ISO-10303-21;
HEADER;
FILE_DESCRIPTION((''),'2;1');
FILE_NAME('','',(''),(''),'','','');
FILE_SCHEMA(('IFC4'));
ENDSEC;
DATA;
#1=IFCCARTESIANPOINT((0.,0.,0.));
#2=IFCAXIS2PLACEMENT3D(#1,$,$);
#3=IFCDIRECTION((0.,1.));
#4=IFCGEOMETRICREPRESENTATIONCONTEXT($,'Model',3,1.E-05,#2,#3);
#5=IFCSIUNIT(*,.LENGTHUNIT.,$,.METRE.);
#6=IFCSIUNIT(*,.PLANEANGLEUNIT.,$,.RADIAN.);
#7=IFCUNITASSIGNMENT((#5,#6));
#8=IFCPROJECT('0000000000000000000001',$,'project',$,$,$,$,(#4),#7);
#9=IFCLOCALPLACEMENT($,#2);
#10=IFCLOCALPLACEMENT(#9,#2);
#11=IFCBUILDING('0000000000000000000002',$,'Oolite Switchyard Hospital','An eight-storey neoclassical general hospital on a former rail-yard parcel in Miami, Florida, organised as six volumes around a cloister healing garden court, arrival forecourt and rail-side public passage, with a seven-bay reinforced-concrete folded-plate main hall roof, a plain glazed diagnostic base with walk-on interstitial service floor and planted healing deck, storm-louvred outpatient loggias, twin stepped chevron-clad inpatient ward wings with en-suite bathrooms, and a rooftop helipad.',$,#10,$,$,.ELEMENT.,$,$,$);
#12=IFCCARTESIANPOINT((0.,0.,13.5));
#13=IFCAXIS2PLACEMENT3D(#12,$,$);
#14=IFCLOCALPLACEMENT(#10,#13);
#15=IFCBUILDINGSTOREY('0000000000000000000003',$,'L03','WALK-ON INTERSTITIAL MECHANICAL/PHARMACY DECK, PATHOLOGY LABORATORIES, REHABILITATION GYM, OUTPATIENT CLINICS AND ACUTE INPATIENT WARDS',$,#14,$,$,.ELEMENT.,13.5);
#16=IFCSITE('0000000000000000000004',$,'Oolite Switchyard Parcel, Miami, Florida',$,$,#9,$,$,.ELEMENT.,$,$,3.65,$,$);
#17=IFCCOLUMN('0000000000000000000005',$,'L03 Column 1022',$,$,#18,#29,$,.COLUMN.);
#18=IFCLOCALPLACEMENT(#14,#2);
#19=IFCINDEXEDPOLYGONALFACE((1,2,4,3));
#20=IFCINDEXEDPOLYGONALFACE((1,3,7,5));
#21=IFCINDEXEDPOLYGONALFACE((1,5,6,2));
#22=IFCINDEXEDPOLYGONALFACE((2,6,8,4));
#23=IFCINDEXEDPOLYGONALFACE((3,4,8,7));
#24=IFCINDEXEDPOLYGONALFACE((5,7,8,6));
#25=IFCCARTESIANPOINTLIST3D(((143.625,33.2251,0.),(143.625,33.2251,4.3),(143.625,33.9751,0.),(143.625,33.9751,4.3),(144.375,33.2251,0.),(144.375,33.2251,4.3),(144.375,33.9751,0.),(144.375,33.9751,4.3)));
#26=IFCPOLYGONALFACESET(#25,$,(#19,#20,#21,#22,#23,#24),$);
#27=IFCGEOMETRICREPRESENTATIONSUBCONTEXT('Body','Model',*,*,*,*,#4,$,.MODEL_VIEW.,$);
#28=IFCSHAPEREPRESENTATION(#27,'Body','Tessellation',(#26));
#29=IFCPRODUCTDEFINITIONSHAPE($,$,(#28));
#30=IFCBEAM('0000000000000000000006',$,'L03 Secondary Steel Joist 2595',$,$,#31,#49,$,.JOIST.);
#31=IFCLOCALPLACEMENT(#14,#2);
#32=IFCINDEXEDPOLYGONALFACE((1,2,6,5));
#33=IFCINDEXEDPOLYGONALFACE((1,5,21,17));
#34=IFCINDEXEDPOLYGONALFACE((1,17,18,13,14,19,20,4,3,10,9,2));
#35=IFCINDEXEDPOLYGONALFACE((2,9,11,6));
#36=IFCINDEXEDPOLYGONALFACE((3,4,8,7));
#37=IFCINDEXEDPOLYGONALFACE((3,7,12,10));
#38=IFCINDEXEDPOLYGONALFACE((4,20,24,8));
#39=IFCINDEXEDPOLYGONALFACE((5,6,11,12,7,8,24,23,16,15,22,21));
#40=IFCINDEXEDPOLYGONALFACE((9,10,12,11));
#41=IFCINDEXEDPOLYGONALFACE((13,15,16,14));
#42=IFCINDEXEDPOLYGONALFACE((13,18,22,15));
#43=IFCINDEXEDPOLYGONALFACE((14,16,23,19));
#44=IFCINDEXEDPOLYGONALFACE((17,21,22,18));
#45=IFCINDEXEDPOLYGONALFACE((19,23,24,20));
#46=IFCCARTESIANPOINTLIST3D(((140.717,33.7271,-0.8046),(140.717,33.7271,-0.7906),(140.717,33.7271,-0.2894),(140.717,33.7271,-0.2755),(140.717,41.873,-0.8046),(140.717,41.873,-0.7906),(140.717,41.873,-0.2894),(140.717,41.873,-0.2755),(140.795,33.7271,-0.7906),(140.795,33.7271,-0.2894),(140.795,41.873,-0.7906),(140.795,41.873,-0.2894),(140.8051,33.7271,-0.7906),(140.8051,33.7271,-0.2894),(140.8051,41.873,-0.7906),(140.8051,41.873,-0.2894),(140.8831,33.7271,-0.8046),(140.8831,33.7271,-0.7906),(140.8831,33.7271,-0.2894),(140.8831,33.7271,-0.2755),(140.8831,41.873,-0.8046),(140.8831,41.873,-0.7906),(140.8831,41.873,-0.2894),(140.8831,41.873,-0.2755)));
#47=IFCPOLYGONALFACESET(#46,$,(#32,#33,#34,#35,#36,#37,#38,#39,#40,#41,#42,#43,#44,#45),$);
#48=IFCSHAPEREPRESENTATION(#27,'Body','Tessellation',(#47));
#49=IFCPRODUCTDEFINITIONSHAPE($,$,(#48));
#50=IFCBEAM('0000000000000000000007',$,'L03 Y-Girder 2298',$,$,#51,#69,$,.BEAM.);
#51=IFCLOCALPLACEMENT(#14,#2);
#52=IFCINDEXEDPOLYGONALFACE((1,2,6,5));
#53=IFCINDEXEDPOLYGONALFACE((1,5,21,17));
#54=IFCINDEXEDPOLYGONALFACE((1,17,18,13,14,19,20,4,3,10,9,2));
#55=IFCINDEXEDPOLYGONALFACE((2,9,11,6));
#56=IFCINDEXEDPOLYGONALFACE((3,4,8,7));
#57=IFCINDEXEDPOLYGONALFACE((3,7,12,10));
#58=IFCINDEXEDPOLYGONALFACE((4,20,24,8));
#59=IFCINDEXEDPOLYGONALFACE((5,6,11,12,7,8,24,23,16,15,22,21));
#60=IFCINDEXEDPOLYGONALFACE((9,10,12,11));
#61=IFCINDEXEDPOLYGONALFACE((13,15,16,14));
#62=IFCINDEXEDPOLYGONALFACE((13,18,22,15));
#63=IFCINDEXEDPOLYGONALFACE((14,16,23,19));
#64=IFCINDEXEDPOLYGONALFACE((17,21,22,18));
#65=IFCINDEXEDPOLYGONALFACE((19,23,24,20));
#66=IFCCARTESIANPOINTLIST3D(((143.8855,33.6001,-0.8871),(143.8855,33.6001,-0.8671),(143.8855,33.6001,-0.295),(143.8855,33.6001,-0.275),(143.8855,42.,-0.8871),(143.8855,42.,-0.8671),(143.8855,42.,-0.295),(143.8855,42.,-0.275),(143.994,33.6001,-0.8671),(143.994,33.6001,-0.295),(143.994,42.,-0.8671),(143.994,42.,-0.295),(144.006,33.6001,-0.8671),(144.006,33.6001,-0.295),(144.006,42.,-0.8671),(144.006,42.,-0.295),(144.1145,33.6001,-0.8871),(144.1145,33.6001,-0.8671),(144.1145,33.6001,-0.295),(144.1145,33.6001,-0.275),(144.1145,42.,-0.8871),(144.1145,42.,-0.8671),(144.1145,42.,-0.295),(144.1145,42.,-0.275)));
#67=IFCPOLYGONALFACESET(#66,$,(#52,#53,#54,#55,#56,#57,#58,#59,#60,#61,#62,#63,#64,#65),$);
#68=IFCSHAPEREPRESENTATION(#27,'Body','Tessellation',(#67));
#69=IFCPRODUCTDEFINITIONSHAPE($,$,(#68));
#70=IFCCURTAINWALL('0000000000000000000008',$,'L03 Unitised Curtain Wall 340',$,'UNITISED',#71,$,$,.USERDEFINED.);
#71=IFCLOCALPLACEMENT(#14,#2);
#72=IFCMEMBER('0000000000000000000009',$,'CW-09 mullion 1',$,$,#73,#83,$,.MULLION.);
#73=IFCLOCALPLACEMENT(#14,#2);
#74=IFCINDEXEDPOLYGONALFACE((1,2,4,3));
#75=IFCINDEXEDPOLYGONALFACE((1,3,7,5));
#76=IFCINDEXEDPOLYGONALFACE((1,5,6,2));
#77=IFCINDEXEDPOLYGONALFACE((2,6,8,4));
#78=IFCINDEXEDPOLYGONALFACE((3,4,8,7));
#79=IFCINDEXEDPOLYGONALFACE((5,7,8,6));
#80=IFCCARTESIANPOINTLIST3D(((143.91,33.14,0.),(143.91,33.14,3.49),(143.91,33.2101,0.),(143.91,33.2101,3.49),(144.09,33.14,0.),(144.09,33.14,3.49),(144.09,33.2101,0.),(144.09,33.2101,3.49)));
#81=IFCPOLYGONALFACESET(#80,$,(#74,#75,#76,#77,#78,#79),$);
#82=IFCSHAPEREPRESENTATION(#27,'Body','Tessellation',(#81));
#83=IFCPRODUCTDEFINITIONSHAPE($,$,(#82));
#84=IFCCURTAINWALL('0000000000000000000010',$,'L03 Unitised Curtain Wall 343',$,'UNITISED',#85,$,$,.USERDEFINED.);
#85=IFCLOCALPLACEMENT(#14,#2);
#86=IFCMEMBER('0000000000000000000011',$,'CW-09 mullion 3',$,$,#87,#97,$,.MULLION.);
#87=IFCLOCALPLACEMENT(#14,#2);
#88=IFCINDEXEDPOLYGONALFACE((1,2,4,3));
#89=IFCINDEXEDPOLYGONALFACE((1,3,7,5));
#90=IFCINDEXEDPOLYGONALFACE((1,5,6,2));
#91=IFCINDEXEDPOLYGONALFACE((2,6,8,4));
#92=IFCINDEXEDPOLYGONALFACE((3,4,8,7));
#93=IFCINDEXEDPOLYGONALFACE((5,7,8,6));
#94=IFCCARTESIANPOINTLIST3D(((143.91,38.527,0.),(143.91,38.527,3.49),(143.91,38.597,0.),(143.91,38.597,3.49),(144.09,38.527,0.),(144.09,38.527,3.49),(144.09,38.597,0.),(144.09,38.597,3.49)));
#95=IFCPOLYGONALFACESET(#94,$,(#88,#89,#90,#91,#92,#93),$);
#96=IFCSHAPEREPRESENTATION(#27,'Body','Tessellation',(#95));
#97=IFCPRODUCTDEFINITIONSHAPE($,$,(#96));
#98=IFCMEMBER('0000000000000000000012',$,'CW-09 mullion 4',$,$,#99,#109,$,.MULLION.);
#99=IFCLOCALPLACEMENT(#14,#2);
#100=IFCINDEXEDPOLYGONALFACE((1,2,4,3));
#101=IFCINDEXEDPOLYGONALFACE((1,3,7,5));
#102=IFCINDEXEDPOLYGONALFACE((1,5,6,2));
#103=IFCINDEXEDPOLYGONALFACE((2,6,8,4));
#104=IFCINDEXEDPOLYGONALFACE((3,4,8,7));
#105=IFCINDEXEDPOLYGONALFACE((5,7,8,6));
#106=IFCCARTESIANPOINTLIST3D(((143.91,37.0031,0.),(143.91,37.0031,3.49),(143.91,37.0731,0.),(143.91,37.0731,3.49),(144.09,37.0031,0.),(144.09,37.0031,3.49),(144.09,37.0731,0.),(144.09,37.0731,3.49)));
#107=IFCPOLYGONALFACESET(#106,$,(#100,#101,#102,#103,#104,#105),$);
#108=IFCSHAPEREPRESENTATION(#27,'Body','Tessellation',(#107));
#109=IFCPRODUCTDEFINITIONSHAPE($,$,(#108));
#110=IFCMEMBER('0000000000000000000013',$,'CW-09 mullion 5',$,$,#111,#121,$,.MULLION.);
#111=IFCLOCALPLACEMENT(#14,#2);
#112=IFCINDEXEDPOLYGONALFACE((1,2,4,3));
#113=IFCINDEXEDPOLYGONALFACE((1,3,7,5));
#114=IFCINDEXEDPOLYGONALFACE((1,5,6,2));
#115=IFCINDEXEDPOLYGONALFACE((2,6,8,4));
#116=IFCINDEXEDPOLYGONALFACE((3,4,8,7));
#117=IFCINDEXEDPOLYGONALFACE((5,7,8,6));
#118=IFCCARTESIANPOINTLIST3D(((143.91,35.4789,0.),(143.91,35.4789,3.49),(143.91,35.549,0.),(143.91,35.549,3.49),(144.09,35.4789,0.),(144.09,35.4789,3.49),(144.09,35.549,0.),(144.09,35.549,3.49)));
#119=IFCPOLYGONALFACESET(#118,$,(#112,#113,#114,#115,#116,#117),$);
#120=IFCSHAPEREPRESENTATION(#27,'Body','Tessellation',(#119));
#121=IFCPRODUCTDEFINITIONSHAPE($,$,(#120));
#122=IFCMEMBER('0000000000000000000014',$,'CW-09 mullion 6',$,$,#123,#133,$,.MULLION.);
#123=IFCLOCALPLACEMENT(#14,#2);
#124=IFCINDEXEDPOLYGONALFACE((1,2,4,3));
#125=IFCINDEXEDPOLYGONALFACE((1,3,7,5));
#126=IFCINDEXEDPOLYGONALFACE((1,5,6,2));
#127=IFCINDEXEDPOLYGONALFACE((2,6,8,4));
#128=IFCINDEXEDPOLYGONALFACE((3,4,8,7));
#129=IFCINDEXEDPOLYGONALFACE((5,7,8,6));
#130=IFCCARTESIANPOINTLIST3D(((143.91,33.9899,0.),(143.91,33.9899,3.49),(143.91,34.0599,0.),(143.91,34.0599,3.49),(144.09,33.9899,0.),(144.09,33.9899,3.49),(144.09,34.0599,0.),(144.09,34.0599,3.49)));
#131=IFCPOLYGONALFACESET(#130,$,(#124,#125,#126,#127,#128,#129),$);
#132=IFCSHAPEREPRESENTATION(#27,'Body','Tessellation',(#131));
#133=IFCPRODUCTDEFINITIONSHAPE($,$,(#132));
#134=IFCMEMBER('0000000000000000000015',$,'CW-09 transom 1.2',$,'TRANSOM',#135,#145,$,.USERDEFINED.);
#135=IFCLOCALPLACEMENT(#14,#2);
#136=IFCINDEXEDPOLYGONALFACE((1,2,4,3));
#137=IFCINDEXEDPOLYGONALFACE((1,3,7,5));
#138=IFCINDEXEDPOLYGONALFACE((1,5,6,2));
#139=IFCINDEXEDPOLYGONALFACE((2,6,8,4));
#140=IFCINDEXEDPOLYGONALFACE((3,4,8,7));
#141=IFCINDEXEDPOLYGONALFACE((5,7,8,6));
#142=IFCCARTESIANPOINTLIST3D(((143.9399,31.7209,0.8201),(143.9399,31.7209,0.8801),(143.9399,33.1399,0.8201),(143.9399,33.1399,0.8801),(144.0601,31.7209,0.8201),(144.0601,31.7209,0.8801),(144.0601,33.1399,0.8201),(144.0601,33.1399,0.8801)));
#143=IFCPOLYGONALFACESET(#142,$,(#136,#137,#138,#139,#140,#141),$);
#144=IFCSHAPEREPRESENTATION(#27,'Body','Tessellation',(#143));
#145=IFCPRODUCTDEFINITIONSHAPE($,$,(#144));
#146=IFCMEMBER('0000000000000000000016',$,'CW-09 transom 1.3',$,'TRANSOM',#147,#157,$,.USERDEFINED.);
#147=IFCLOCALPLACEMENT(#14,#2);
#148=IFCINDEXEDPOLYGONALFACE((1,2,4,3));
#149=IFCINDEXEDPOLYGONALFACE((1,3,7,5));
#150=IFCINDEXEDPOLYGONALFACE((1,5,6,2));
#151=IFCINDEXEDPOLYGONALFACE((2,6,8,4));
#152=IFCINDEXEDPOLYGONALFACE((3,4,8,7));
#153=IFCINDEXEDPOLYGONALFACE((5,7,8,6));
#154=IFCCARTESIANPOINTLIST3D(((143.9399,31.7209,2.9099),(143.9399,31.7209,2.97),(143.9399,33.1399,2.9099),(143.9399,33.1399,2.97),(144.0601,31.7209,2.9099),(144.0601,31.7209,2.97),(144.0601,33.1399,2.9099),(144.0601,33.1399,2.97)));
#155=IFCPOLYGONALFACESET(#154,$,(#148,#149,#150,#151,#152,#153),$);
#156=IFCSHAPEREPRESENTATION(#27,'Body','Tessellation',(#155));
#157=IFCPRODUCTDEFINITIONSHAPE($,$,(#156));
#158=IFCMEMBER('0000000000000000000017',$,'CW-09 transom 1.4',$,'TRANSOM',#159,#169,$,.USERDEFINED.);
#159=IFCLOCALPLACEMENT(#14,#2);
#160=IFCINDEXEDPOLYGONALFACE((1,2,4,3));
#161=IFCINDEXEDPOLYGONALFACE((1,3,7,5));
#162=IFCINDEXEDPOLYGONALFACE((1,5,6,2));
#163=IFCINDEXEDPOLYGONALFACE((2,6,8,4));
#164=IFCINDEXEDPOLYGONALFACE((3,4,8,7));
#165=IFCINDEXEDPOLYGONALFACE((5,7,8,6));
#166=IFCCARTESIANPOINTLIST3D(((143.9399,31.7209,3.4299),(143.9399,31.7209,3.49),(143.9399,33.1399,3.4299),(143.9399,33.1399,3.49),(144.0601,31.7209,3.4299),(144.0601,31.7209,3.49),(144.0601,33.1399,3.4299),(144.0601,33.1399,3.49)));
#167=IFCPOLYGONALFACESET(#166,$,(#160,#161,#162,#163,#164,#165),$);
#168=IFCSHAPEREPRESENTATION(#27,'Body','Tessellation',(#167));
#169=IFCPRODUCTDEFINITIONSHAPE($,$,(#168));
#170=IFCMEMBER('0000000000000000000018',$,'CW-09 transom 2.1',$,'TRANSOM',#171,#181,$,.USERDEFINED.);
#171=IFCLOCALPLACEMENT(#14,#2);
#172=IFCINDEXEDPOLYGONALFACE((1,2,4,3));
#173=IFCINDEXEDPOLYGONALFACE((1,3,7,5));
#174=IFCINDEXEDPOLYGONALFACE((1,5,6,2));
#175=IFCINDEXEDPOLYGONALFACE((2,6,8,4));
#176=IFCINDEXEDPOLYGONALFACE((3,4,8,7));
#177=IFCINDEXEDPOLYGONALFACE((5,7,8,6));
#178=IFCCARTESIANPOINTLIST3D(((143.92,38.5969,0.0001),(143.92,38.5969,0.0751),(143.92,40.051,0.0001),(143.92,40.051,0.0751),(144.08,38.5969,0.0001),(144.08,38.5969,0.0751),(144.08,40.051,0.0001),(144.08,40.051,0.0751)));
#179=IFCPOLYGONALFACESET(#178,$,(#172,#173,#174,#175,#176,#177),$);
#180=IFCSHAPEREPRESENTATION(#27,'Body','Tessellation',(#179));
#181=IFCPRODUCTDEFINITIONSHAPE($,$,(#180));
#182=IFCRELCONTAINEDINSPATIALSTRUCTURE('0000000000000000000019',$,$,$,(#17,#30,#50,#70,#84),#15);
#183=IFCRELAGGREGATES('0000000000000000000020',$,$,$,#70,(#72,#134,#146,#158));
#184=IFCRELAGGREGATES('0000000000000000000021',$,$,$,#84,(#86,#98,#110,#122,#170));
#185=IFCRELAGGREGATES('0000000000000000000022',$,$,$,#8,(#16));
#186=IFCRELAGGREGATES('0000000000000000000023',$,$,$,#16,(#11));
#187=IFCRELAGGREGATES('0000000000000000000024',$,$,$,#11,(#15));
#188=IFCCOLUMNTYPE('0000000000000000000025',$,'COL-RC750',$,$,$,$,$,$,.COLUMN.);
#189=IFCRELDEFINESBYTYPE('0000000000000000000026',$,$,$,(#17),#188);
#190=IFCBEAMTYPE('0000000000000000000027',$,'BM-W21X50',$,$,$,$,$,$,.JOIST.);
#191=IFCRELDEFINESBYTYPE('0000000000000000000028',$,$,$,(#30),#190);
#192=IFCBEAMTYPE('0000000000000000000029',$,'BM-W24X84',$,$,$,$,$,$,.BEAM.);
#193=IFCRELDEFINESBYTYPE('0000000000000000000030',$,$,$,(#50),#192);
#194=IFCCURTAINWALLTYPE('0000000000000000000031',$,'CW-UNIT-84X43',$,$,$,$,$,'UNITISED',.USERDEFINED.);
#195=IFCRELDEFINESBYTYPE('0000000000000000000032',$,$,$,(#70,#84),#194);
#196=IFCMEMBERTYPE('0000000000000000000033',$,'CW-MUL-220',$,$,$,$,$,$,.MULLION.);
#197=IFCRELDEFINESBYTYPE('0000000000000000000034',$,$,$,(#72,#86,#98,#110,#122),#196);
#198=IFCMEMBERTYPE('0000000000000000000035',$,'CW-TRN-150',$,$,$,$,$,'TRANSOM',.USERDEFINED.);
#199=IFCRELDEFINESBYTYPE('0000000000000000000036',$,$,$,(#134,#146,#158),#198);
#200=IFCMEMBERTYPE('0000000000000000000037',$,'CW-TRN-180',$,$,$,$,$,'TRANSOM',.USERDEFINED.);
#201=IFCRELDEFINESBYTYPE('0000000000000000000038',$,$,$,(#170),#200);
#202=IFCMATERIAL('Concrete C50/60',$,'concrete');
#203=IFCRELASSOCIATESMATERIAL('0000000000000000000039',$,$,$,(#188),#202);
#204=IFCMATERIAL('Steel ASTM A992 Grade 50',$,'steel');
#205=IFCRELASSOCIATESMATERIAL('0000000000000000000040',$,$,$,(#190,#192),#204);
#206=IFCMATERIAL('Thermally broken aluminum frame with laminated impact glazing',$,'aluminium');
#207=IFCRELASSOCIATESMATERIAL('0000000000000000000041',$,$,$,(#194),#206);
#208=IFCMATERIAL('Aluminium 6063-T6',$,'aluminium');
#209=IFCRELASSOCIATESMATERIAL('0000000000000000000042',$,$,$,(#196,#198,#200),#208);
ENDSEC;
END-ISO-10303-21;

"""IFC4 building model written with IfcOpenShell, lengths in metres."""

from ifc_helpers import new_model, si_unit, direction, frame, origin, origin_2d, place, context, subcontext, project, spatial, rectangle, i_section, extrude, material, material_profile, profile_set, type_object, element, aggregate, save


model = new_model("IFC4")

# Units and contexts
model_context = context("Model", 3, precision=1e-05, world=origin(), true_north=direction((0.0, 1.0)))
body_context = subcontext(model_context, "Body", "Model", "MODEL_VIEW")
ifc_project = project(units=[si_unit("LENGTHUNIT", "METRE"), si_unit("PLANEANGLEUNIT", "RADIAN")], contexts=[model_context])

# Site, building, storey
site_placement = place(None, origin())
site = spatial("IfcSite", under=ifc_project, at=site_placement, Name="Oolite Switchyard Parcel, Miami, Florida", CompositionType="ELEMENT", RefElevation=3.65)
building_placement = place(site_placement, origin())
building = spatial("IfcBuilding", under=site, at=building_placement, Name="Oolite Switchyard Hospital", Description="An eight-storey neoclassical general hospital on a former rail-yard parcel in Miami, Florida, organised as six volumes around a cloister healing garden court, arrival forecourt and rail-side public passage, with a seven-bay reinforced-concrete folded-plate main hall roof, a plain glazed diagnostic base with walk-on interstitial service floor and planted healing deck, storm-louvred outpatient loggias, twin stepped chevron-clad inpatient ward wings with en-suite bathrooms, and a rooftop helipad.", CompositionType="ELEMENT")
storey_placement = place(building_placement, frame((0.0, 0.0, 13.5)))
storey = spatial("IfcBuildingStorey", under=building, at=storey_placement, Name="L03", Description="WALK-ON INTERSTITIAL MECHANICAL/PHARMACY DECK, PATHOLOGY LABORATORIES, REHABILITATION GYM, OUTPATIENT CLINICS AND ACUTE INPATIENT WARDS", CompositionType="ELEMENT", Elevation=13.5)

# Column
ifc_material_1 = material(Name="Concrete C50/60", Category="concrete")
ifc_material_profile_1 = material_profile(ifc_material_1, rectangle(XDim=0.75, YDim=0.75, at=origin_2d()), Name="RC750X750")
ifc_profile_set_1 = profile_set([ifc_material_profile_1], Name="Concrete C50/60")
column_type = type_object("IfcColumnType", Name="COL-RC750", PredefinedType="COLUMN", material=ifc_profile_set_1)
column_placement = place(storey_placement, frame((144.0, 33.6001, 0.0), z_axis=(0.0, 0.0, 1.0), x_axis=(1.0, 0.0, 0.0)))
element("IfcColumn", 1, at=column_placement, inside=storey, type_object=column_type, Name="L03 Column 1022", PredefinedType="COLUMN", context=body_context, shape_type="SweptSolid", body=[
    extrude(rectangle(XDim=0.75, YDim=0.75, at=origin_2d()), origin(), (0.0, 0.0, 1.0), 4.3),
])

# Beams
ifc_material_2 = material(Name="Steel ASTM A992 Grade 50", Category="steel")
ifc_material_profile_2 = material_profile(ifc_material_2, i_section(OverallWidth=0.166, OverallDepth=0.5291, WebThickness=0.01, FlangeThickness=0.0139, at=origin_2d()), Name="W21X50")
ifc_profile_set_2 = profile_set([ifc_material_profile_2], Name="Steel ASTM A992 Grade 50")
beam_type_1 = type_object("IfcBeamType", Name="BM-W21X50", PredefinedType="JOIST", material=ifc_profile_set_2)
beam_1_placement = place(storey_placement, frame((140.8, 33.7271, -0.54), z_axis=(0.0, 1.0, 0.0), x_axis=(-1.0, 0.0, 0.0)))
element("IfcBeam", 2, at=beam_1_placement, inside=storey, type_object=beam_type_1, Name="L03 Secondary Steel Joist 2595", PredefinedType="JOIST", context=body_context, shape_type="SweptSolid", body=[
    extrude(i_section(OverallWidth=0.166, OverallDepth=0.5291, WebThickness=0.01, FlangeThickness=0.0139, at=origin_2d()), origin(), (0.0, 0.0, 1.0), 8.146),
])
ifc_material_profile_3 = material_profile(ifc_material_2, i_section(OverallWidth=0.229, OverallDepth=0.6121, WebThickness=0.012, FlangeThickness=0.02, at=origin_2d()), Name="W24X84")
ifc_profile_set_3 = profile_set([ifc_material_profile_3], Name="Steel ASTM A992 Grade 50")
beam_type_2 = type_object("IfcBeamType", Name="BM-W24X84", PredefinedType="BEAM", material=ifc_profile_set_3)
beam_2_placement = place(storey_placement, frame((144.0, 33.6001, -0.5811), z_axis=(0.0, 1.0, 0.0), x_axis=(-1.0, 0.0, 0.0)))
element("IfcBeam", 3, at=beam_2_placement, inside=storey, type_object=beam_type_2, Name="L03 Y-Girder 2298", PredefinedType="BEAM", context=body_context, shape_type="SweptSolid", body=[
    extrude(i_section(OverallWidth=0.229, OverallDepth=0.6121, WebThickness=0.012, FlangeThickness=0.02, at=origin_2d()), origin(), (0.0, 0.0, 1.0), 8.3999),
])

# Curtain wall, member
ifc_material_3 = material(Name="Thermally broken aluminum frame with laminated impact glazing", Category="aluminium")
curtain_wall_type = type_object("IfcCurtainWallType", Name="CW-UNIT-84X43", ElementType="UNITISED", PredefinedType="USERDEFINED", material=ifc_material_3)
curtain_wall_1_placement = place(storey_placement, origin())
curtain_wall_1 = element("IfcCurtainWall", 4, at=curtain_wall_1_placement, inside=storey, type_object=curtain_wall_type, Name="L03 Unitised Curtain Wall 340", ObjectType="UNITISED", PredefinedType="USERDEFINED")
ifc_material_4 = material(Name="Aluminium 6063-T6", Category="aluminium")
ifc_material_profile_4 = material_profile(ifc_material_4, rectangle(XDim=0.1799, YDim=0.0701, at=origin_2d()), Name="CWM70X180")
ifc_profile_set_4 = profile_set([ifc_material_profile_4], Name="Aluminium 6063-T6")
member_type_1 = type_object("IfcMemberType", Name="CW-MUL-220", PredefinedType="MULLION", material=ifc_profile_set_4)
member_1_placement = place(storey_placement, frame((144.0, 33.175, 0.0), z_axis=(0.0, 0.0, 1.0), x_axis=(1.0, 0.0, 0.0)))
member_1 = element("IfcMember", 5, at=member_1_placement, type_object=member_type_1, Name="CW-09 mullion 1", PredefinedType="MULLION", context=body_context, shape_type="SweptSolid", body=[
    extrude(rectangle(XDim=0.1799, YDim=0.0701, at=origin_2d()), origin(), (0.0, 0.0, 1.0), 3.49),
])

# Curtain wall, members
curtain_wall_2_placement = place(storey_placement, origin())
curtain_wall_2 = element("IfcCurtainWall", 6, at=curtain_wall_2_placement, inside=storey, type_object=curtain_wall_type, Name="L03 Unitised Curtain Wall 343", ObjectType="UNITISED", PredefinedType="USERDEFINED")
member_2_placement = place(storey_placement, frame((144.0, 38.562, 0.0), z_axis=(0.0, 0.0, 1.0), x_axis=(1.0, 0.0, 0.0)))
member_2 = element("IfcMember", 7, at=member_2_placement, type_object=member_type_1, Name="CW-09 mullion 3", PredefinedType="MULLION", context=body_context, shape_type="SweptSolid", body=[
    extrude(rectangle(XDim=0.1799, YDim=0.0701, at=origin_2d()), origin(), (0.0, 0.0, 1.0), 3.49),
])
member_3_placement = place(storey_placement, frame((144.0, 37.0381, 0.0), z_axis=(0.0, 0.0, 1.0), x_axis=(1.0, 0.0, 0.0)))
member_3 = element("IfcMember", 8, at=member_3_placement, type_object=member_type_1, Name="CW-09 mullion 4", PredefinedType="MULLION", context=body_context, shape_type="SweptSolid", body=[
    extrude(rectangle(XDim=0.1799, YDim=0.0701, at=origin_2d()), origin(), (0.0, 0.0, 1.0), 3.49),
])
member_4_placement = place(storey_placement, frame((144.0, 35.5139, 0.0), z_axis=(0.0, 0.0, 1.0), x_axis=(1.0, 0.0, 0.0)))
member_4 = element("IfcMember", 9, at=member_4_placement, type_object=member_type_1, Name="CW-09 mullion 5", PredefinedType="MULLION", context=body_context, shape_type="SweptSolid", body=[
    extrude(rectangle(XDim=0.1799, YDim=0.0701, at=origin_2d()), origin(), (0.0, 0.0, 1.0), 3.49),
])
member_5_placement = place(storey_placement, frame((144.0, 34.0249, 0.0), z_axis=(0.0, 0.0, 1.0), x_axis=(1.0, 0.0, 0.0)))
member_5 = element("IfcMember", 10, at=member_5_placement, type_object=member_type_1, Name="CW-09 mullion 6", PredefinedType="MULLION", context=body_context, shape_type="SweptSolid", body=[
    extrude(rectangle(XDim=0.1799, YDim=0.0701, at=origin_2d()), origin(), (0.0, 0.0, 1.0), 3.49),
])

# Members
ifc_material_profile_5 = material_profile(ifc_material_4, rectangle(XDim=0.1201, YDim=0.0601, at=origin_2d()), Name="CWT60X120")
ifc_profile_set_5 = profile_set([ifc_material_profile_5], Name="Aluminium 6063-T6")
member_type_2 = type_object("IfcMemberType", Name="CW-TRN-150", ElementType="TRANSOM", PredefinedType="USERDEFINED", material=ifc_profile_set_5)
member_6_placement = place(storey_placement, frame((144.0, 33.1399, 0.8501), z_axis=(0.0, -1.0, 0.0), x_axis=(1.0, 0.0, 0.0)))
member_6 = element("IfcMember", 11, at=member_6_placement, type_object=member_type_2, Name="CW-09 transom 1.2", ObjectType="TRANSOM", PredefinedType="USERDEFINED", context=body_context, shape_type="SweptSolid", body=[
    extrude(rectangle(XDim=0.1201, YDim=0.0601, at=origin_2d()), origin(), (0.0, 0.0, 1.0), 1.4189),
])
member_7_placement = place(storey_placement, frame((144.0, 33.1399, 2.9399), z_axis=(0.0, -1.0, 0.0), x_axis=(1.0, 0.0, 0.0)))
member_7 = element("IfcMember", 12, at=member_7_placement, type_object=member_type_2, Name="CW-09 transom 1.3", ObjectType="TRANSOM", PredefinedType="USERDEFINED", context=body_context, shape_type="SweptSolid", body=[
    extrude(rectangle(XDim=0.1201, YDim=0.0601, at=origin_2d()), origin(), (0.0, 0.0, 1.0), 1.4189),
])
member_8_placement = place(storey_placement, frame((144.0, 33.1399, 3.46), z_axis=(0.0, -1.0, 0.0), x_axis=(1.0, 0.0, 0.0)))
member_8 = element("IfcMember", 13, at=member_8_placement, type_object=member_type_2, Name="CW-09 transom 1.4", ObjectType="TRANSOM", PredefinedType="USERDEFINED", context=body_context, shape_type="SweptSolid", body=[
    extrude(rectangle(XDim=0.1201, YDim=0.0601, at=origin_2d()), origin(), (0.0, 0.0, 1.0), 1.4189),
])
aggregate(curtain_wall_1, [member_1, member_6, member_7, member_8])
ifc_material_profile_6 = material_profile(ifc_material_4, rectangle(XDim=0.1599, YDim=0.075, at=origin_2d()), Name="CWT75X160")
ifc_profile_set_6 = profile_set([ifc_material_profile_6], Name="Aluminium 6063-T6")
member_type_3 = type_object("IfcMemberType", Name="CW-TRN-180", ElementType="TRANSOM", PredefinedType="USERDEFINED", material=ifc_profile_set_6)
member_9_placement = place(storey_placement, frame((144.0, 40.051, 0.0376), z_axis=(0.0, -1.0, 0.0), x_axis=(1.0, 0.0, 0.0)))
member_9 = element("IfcMember", 14, at=member_9_placement, type_object=member_type_3, Name="CW-09 transom 2.1", ObjectType="TRANSOM", PredefinedType="USERDEFINED", context=body_context, shape_type="SweptSolid", body=[
    extrude(rectangle(XDim=0.1599, YDim=0.075, at=origin_2d()), origin(), (0.0, 0.0, 1.0), 1.4541),
])

aggregate(curtain_wall_2, [member_2, member_3, member_4, member_5, member_9])

save(model, "model.ifc")
